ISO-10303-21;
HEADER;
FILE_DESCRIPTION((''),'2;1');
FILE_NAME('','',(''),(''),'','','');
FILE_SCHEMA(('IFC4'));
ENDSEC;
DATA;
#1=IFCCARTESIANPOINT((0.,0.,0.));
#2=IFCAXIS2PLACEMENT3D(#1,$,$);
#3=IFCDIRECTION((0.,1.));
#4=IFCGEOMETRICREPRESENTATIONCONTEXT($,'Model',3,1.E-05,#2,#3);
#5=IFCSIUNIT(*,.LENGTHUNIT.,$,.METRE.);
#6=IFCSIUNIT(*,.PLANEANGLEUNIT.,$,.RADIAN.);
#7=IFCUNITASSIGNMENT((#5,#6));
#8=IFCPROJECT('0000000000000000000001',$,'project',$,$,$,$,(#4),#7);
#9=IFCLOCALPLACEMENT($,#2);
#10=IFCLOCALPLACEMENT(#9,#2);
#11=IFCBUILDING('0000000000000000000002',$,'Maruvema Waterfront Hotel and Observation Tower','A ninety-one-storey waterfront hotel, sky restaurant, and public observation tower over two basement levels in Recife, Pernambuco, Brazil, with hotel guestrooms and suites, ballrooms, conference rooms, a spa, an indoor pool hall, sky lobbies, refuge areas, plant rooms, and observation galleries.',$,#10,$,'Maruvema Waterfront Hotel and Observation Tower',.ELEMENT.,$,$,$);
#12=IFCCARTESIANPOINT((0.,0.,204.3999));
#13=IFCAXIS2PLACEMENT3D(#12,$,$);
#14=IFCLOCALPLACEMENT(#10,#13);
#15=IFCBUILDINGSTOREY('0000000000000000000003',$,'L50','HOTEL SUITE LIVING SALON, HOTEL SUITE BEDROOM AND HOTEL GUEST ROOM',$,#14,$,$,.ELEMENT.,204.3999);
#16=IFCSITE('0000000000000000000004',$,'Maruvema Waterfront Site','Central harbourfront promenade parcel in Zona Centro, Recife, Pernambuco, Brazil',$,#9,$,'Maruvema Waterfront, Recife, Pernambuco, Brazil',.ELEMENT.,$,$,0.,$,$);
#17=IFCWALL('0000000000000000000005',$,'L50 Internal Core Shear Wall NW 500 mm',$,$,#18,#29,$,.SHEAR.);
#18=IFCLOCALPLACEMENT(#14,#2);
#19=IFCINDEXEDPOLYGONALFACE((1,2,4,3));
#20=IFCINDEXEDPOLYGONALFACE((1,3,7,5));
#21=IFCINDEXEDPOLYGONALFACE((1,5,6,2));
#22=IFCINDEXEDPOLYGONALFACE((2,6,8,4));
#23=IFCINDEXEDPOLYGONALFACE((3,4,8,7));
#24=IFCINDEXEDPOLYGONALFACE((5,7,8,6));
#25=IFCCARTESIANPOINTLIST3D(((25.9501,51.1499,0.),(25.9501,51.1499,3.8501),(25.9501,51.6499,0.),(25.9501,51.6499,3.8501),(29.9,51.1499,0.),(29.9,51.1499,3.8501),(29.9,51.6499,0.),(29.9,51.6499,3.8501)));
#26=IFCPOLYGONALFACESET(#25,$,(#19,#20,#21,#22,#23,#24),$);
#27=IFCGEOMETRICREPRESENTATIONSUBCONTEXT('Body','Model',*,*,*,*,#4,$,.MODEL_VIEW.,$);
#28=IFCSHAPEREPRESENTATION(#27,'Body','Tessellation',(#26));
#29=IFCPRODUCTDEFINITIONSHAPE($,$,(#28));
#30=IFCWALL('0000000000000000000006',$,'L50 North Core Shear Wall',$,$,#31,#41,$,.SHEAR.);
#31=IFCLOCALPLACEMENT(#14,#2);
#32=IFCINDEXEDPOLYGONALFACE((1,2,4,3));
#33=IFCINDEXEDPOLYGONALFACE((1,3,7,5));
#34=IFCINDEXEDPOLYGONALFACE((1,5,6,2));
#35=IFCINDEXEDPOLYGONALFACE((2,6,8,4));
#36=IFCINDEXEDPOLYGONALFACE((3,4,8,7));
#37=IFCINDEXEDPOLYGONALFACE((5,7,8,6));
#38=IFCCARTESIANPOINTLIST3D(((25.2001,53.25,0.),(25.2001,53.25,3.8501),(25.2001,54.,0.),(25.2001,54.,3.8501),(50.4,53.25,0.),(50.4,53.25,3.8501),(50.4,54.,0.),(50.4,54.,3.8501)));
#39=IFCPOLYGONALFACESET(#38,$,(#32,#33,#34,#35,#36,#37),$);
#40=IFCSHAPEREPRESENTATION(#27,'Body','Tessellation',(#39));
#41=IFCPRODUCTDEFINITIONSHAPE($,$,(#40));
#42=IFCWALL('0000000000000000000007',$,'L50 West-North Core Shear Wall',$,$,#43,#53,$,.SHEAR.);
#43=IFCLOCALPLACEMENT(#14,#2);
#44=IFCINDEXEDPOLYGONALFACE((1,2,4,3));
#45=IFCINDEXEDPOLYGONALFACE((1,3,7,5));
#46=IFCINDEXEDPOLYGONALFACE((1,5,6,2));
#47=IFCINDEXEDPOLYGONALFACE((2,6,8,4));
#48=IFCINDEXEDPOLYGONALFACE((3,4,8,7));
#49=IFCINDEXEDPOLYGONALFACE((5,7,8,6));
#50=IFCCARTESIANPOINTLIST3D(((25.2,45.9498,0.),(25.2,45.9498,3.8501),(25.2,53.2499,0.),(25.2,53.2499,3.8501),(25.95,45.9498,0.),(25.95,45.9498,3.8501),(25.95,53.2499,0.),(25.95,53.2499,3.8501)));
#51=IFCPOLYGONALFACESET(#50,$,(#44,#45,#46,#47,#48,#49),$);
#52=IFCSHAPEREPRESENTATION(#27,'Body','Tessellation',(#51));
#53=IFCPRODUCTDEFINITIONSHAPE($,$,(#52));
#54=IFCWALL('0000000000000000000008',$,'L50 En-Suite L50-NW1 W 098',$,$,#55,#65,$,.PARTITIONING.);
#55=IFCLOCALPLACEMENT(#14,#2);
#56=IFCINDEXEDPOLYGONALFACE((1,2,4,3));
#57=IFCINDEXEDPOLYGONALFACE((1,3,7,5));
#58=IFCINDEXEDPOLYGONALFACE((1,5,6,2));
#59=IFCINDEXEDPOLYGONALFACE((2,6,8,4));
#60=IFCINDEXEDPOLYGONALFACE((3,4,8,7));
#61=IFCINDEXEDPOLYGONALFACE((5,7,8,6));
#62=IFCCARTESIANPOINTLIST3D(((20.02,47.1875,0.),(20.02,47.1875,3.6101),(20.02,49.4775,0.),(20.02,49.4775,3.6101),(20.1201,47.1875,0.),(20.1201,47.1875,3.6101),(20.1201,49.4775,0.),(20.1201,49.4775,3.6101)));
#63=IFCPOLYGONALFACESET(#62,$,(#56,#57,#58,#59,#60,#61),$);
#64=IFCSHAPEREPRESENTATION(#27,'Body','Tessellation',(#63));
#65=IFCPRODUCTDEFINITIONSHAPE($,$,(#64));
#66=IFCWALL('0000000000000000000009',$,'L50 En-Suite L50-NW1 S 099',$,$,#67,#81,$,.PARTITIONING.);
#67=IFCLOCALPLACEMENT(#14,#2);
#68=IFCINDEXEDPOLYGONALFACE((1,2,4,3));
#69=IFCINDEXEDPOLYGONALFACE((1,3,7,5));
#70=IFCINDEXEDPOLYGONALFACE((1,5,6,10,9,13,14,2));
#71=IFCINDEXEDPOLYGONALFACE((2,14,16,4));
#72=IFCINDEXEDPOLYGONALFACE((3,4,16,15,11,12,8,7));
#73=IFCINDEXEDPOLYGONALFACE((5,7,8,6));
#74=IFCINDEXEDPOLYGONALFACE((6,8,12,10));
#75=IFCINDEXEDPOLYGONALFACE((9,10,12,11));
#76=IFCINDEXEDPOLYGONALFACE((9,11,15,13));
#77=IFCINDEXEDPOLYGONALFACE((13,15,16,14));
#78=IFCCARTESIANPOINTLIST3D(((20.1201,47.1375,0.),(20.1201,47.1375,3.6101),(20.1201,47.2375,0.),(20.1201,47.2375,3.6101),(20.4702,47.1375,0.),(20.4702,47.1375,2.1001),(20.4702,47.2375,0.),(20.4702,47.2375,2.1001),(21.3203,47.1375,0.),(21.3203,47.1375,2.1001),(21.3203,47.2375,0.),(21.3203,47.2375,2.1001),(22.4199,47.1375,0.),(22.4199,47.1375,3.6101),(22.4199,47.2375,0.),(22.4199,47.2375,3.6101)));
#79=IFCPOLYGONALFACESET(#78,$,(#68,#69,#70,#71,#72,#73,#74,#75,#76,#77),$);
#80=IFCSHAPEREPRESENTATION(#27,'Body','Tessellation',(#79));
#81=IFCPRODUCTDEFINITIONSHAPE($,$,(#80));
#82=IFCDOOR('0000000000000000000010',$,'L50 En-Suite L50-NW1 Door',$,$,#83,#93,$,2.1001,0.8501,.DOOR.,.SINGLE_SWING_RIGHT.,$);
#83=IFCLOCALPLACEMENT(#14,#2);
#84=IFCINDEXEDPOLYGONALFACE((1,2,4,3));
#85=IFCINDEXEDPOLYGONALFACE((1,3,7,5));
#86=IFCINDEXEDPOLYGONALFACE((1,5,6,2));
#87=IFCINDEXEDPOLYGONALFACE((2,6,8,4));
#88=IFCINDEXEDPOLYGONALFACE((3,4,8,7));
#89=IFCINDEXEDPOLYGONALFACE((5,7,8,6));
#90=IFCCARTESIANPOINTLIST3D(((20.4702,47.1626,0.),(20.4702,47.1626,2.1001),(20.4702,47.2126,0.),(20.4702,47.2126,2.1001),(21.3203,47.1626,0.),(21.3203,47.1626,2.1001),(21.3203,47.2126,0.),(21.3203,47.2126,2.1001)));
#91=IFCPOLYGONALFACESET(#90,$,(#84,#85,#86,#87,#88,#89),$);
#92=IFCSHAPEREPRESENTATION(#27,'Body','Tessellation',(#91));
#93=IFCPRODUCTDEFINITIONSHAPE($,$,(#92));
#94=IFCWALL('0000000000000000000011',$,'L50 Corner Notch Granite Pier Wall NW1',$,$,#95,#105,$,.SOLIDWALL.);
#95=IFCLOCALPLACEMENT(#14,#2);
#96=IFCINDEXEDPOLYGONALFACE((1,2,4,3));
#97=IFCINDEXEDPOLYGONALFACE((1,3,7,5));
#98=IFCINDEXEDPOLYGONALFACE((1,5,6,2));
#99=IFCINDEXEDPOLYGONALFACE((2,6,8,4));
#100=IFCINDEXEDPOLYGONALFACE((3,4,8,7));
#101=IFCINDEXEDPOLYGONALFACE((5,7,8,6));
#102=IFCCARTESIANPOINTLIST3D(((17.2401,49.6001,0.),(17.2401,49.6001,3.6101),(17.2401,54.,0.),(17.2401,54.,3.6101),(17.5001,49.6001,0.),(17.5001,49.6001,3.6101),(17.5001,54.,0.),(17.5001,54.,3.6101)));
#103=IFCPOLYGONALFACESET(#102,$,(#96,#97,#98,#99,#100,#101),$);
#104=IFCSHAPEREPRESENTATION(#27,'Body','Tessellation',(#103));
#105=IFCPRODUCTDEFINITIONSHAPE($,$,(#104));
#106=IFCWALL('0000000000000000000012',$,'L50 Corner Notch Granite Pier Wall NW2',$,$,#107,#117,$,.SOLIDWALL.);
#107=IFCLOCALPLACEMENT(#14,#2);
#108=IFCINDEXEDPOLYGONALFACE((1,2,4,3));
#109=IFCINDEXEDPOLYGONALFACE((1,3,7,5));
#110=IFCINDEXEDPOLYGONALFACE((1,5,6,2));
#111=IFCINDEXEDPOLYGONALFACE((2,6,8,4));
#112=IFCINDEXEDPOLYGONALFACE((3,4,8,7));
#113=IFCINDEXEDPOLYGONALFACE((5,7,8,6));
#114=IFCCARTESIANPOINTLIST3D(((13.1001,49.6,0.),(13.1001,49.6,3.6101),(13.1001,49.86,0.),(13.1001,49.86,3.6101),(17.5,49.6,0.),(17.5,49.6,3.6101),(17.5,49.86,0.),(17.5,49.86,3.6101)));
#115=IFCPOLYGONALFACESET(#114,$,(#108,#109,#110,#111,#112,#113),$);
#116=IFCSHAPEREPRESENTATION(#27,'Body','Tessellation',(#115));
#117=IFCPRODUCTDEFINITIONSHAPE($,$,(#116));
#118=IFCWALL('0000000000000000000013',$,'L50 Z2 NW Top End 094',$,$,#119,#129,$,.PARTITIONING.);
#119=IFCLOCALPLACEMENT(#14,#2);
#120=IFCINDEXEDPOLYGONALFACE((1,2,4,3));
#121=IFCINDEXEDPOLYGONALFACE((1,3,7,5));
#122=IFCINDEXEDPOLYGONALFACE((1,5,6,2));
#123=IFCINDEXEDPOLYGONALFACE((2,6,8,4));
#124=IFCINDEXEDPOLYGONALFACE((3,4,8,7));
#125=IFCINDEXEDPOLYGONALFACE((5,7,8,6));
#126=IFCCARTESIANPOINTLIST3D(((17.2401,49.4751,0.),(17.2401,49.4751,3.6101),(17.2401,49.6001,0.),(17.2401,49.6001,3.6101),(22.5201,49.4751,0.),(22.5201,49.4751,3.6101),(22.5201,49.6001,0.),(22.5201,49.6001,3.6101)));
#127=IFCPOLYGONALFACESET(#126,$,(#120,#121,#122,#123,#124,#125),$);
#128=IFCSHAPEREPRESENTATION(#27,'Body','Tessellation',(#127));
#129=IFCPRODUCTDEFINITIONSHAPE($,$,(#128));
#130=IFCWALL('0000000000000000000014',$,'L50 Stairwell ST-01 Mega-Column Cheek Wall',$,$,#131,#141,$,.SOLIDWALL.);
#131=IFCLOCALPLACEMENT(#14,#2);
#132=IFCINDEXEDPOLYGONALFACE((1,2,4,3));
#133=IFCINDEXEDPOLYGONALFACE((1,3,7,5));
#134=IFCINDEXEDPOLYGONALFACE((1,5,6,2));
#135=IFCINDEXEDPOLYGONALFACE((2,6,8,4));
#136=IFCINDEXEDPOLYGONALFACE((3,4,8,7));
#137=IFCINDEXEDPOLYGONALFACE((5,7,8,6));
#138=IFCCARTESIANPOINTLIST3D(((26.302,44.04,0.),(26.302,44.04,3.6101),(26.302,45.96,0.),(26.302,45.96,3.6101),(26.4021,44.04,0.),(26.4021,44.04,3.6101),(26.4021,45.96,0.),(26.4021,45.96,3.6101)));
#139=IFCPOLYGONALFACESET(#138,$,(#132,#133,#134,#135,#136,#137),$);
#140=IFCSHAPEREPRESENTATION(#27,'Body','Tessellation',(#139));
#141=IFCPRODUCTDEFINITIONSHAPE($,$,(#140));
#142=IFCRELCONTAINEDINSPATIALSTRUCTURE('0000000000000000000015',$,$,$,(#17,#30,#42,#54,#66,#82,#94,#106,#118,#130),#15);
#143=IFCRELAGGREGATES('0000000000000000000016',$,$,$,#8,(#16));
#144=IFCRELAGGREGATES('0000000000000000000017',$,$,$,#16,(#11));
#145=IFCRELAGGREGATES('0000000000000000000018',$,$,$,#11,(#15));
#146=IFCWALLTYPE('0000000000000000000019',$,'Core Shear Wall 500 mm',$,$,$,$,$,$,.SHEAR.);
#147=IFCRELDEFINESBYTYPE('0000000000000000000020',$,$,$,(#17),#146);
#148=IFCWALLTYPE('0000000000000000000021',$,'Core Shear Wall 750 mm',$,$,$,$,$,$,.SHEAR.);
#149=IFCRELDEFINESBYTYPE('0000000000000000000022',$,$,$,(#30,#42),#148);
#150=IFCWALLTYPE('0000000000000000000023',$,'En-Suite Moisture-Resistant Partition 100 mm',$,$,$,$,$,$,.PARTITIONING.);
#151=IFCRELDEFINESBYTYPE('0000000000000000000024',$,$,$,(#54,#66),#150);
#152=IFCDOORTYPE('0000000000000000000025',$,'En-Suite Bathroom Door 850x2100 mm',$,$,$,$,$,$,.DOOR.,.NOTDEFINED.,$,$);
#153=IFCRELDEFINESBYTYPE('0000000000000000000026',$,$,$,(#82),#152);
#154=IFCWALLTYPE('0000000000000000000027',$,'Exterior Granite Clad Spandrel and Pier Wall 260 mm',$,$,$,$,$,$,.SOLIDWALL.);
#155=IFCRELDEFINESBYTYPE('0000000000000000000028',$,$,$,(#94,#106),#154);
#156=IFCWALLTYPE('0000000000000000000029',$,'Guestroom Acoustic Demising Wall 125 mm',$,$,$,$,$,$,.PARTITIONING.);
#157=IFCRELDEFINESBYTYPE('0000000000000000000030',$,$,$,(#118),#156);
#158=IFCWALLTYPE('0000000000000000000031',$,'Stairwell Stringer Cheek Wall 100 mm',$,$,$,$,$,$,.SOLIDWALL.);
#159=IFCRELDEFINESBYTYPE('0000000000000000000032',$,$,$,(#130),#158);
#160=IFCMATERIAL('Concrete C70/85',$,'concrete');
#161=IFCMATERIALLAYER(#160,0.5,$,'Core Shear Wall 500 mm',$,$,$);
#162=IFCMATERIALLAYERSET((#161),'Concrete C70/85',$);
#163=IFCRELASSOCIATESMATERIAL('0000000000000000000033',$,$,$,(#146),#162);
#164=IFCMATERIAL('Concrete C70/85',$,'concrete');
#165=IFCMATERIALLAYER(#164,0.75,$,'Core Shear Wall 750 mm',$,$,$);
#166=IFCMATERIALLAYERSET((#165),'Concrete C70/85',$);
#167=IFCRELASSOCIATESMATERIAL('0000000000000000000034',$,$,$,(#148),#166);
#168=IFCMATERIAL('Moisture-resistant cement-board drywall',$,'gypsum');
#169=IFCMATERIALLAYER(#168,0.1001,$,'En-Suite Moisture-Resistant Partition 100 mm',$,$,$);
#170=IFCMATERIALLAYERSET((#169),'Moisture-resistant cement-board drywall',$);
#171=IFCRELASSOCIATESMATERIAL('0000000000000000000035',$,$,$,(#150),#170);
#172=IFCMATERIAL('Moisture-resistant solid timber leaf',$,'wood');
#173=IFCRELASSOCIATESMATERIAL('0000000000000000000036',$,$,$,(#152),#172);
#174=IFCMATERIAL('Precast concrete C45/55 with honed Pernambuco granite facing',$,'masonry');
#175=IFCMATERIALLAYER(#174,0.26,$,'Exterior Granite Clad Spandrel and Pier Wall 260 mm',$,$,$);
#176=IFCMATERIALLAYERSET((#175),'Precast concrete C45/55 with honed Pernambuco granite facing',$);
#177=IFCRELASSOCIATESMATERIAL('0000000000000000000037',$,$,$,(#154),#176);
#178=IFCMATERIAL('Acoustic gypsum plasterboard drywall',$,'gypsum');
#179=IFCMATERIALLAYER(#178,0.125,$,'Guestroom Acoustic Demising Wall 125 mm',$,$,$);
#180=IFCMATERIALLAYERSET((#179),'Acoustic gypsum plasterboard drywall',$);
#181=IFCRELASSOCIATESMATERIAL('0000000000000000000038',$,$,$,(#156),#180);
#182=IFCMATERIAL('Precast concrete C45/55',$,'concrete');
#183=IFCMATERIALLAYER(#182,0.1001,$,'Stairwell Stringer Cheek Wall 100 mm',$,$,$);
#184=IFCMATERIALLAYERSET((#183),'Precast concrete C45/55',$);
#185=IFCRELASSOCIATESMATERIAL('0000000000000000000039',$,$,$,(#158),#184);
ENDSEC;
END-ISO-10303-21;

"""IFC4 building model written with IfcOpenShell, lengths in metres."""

from ifc_helpers import new_model, si_unit, direction, frame, frame_2d, origin, place, context, subcontext, project, spatial, rectangle, extrude, material, layer, layer_set, type_object, element, fill, save


model = new_model("IFC4")

# Units and contexts
model_context = context("Model", 3, precision=1e-05, world=origin(), true_north=direction((0.0, 1.0)))
body_context = subcontext(model_context, "Body", "Model", "MODEL_VIEW")
ifc_project = project(units=[si_unit("LENGTHUNIT", "METRE"), si_unit("PLANEANGLEUNIT", "RADIAN")], contexts=[model_context])

# Site, building, storey
site_placement = place(None, origin())
site = spatial("IfcSite", under=ifc_project, at=site_placement, Name="Maruvema Waterfront Site", Description="Central harbourfront promenade parcel in Zona Centro, Recife, Pernambuco, Brazil", LongName="Maruvema Waterfront, Recife, Pernambuco, Brazil", CompositionType="ELEMENT", RefElevation=0.0)
building_placement = place(site_placement, origin())
building = spatial("IfcBuilding", under=site, at=building_placement, Name="Maruvema Waterfront Hotel and Observation Tower", Description="A ninety-one-storey waterfront hotel, sky restaurant, and public observation tower over two basement levels in Recife, Pernambuco, Brazil, with hotel guestrooms and suites, ballrooms, conference rooms, a spa, an indoor pool hall, sky lobbies, refuge areas, plant rooms, and observation galleries.", LongName="Maruvema Waterfront Hotel and Observation Tower", CompositionType="ELEMENT")
storey_placement = place(building_placement, frame((0.0, 0.0, 204.3999)))
storey = spatial("IfcBuildingStorey", under=building, at=storey_placement, Name="L50", Description="HOTEL SUITE LIVING SALON, HOTEL SUITE BEDROOM AND HOTEL GUEST ROOM", CompositionType="ELEMENT", Elevation=204.3999)

# Walls
ifc_material_1 = material(Name="Concrete C70/85", Category="concrete")
ifc_layer_1 = layer(ifc_material_1, 0.5, Name="Core Shear Wall 500 mm")
ifc_layer_set_1 = layer_set([ifc_layer_1], Name="Concrete C70/85")
wall_type_1 = type_object("IfcWallType", Name="Core Shear Wall 500 mm", PredefinedType="SHEAR", material=ifc_layer_set_1)
wall_1_placement = place(storey_placement, frame((25.95, 51.3999, 0.0), z_axis=(0.0, 0.0, 1.0), x_axis=(1.0, 0.0, 0.0)))
element("IfcWall", 1, at=wall_1_placement, inside=storey, type_object=wall_type_1, Name="L50 Internal Core Shear Wall NW 500 mm", PredefinedType="SHEAR", context=body_context, shape_type="SweptSolid", body=[
    extrude(rectangle(XDim=3.95, YDim=0.5, at=frame_2d((1.9751, 0.0))), origin(), (0.0, 0.0, 1.0), 3.8501),
])
ifc_material_2 = material(Name="Concrete C70/85", Category="concrete")
ifc_layer_2 = layer(ifc_material_2, 0.75, Name="Core Shear Wall 750 mm")
ifc_layer_set_2 = layer_set([ifc_layer_2], Name="Concrete C70/85")
wall_type_2 = type_object("IfcWallType", Name="Core Shear Wall 750 mm", PredefinedType="SHEAR", material=ifc_layer_set_2)
wall_2_placement = place(storey_placement, frame((25.2, 53.625, 0.0), z_axis=(0.0, 0.0, 1.0), x_axis=(1.0, 0.0, 0.0)))
element("IfcWall", 2, at=wall_2_placement, inside=storey, type_object=wall_type_2, Name="L50 North Core Shear Wall", PredefinedType="SHEAR", context=body_context, shape_type="SweptSolid", body=[
    extrude(rectangle(XDim=25.2, YDim=0.75, at=frame_2d((12.6001, 0.0))), origin(), (0.0, 0.0, 1.0), 3.8501),
])
wall_3_placement = place(storey_placement, frame((25.575, 45.95, 0.0), z_axis=(0.0, 0.0, 1.0), x_axis=(0.0, 1.0, 0.0)))
element("IfcWall", 3, at=wall_3_placement, inside=storey, type_object=wall_type_2, Name="L50 West-North Core Shear Wall", PredefinedType="SHEAR", context=body_context, shape_type="SweptSolid", body=[
    extrude(rectangle(XDim=7.3, YDim=0.75, at=frame_2d((3.6499, 0.0))), origin(), (0.0, 0.0, 1.0), 3.8501),
])
ifc_material_3 = material(Name="Moisture-resistant cement-board drywall", Category="gypsum")
ifc_layer_3 = layer(ifc_material_3, 0.1001, Name="En-Suite Moisture-Resistant Partition 100 mm")
ifc_layer_set_3 = layer_set([ifc_layer_3], Name="Moisture-resistant cement-board drywall")
wall_type_3 = type_object("IfcWallType", Name="En-Suite Moisture-Resistant Partition 100 mm", PredefinedType="PARTITIONING", material=ifc_layer_set_3)
wall_4_placement = place(storey_placement, frame((20.0701, 47.1875, 0.0), z_axis=(0.0, 0.0, 1.0), x_axis=(0.0, 1.0, 0.0)))
element("IfcWall", 4, at=wall_4_placement, inside=storey, type_object=wall_type_3, Name="L50 En-Suite L50-NW1 W 098", PredefinedType="PARTITIONING", context=body_context, shape_type="SweptSolid", body=[
    extrude(rectangle(XDim=2.29, YDim=0.1001, at=frame_2d((1.145, 0.0))), origin(), (0.0, 0.0, 1.0), 3.6101),
])

# Wall, opening, door
wall_5_placement = place(storey_placement, frame((20.1201, 47.1875, 0.0), z_axis=(0.0, 0.0, 1.0), x_axis=(1.0, 0.0, 0.0)))
wall_5 = element("IfcWall", 5, at=wall_5_placement, inside=storey, type_object=wall_type_3, Name="L50 En-Suite L50-NW1 S 099", PredefinedType="PARTITIONING", context=body_context, shape_type="SweptSolid", body=[
    extrude(rectangle(XDim=2.2998, YDim=0.1001, at=frame_2d((1.1499, 0.0))), origin(), (0.0, 0.0, 1.0), 3.6101),
])
opening_placement = place(wall_5_placement, frame((0.3501, 0.0, 0.0)))
opening = element("IfcOpeningElement", 6, at=opening_placement, cuts=wall_5, PredefinedType="OPENING", context=body_context, shape_type="SweptSolid", body=[
    extrude(rectangle(XDim=0.8501, YDim=2.1001, at=frame_2d((0.425, 1.05))), frame((0.0, 0.0601, 0.0), z_axis=(0.0, -1.0, 0.0), x_axis=(1.0, 0.0, 0.0)), (0.0, 0.0, 1.0), 0.1201),
])
ifc_material_4 = material(Name="Moisture-resistant solid timber leaf", Category="wood")
door_type = type_object("IfcDoorType", Name="En-Suite Bathroom Door 850x2100 mm", OperationType="NOTDEFINED", PredefinedType="DOOR", material=ifc_material_4)
door_placement = place(opening_placement, frame((0.8501, 0.0, 0.0), z_axis=(0.0, 0.0, 1.0), x_axis=(-1.0, 0.0, 0.0)))
door = element("IfcDoor", 7, at=door_placement, inside=storey, type_object=door_type, Name="L50 En-Suite L50-NW1 Door", OperationType="SINGLE_SWING_RIGHT", OverallHeight=2.1001, OverallWidth=0.8501, PredefinedType="DOOR", context=body_context, shape_type="SweptSolid", body=[
    extrude(rectangle(XDim=0.8501, YDim=2.1001, at=frame_2d((0.425, 1.05))), frame((0.0, 0.0249, 0.0), z_axis=(0.0, -1.0, 0.0), x_axis=(1.0, 0.0, 0.0)), (0.0, 0.0, 1.0), 0.05),
])
fill(opening, door)

# Walls
ifc_material_5 = material(Name="Precast concrete C45/55 with honed Pernambuco granite facing", Category="masonry")
ifc_layer_4 = layer(ifc_material_5, 0.26, Name="Exterior Granite Clad Spandrel and Pier Wall 260 mm")
ifc_layer_set_4 = layer_set([ifc_layer_4], Name="Precast concrete C45/55 with honed Pernambuco granite facing")
wall_type_4 = type_object("IfcWallType", Name="Exterior Granite Clad Spandrel and Pier Wall 260 mm", PredefinedType="SOLIDWALL", material=ifc_layer_set_4)
for number, where, z_axis, x_axis, name in (
    (8, (17.3701, 49.6001, 0.0), (0.0, 0.0, 1.0), (0.0, 1.0, 0.0), "L50 Corner Notch Granite Pier Wall NW1"),
    (9, (13.1001, 49.73, 0.0), (0.0, 0.0, 1.0), (1.0, 0.0, 0.0), "L50 Corner Notch Granite Pier Wall NW2"),
):
    element("IfcWall", number, at=place(storey_placement, frame(where, z_axis=z_axis, x_axis=x_axis)), inside=storey, type_object=wall_type_4, Name=name, PredefinedType="SOLIDWALL", context=body_context, shape_type="SweptSolid", body=[
        extrude(rectangle(XDim=4.3999, YDim=0.26, at=frame_2d((2.2, 0.0))), origin(), (0.0, 0.0, 1.0), 3.6101),
    ])
ifc_material_6 = material(Name="Acoustic gypsum plasterboard drywall", Category="gypsum")
ifc_layer_5 = layer(ifc_material_6, 0.125, Name="Guestroom Acoustic Demising Wall 125 mm")
ifc_layer_set_5 = layer_set([ifc_layer_5], Name="Acoustic gypsum plasterboard drywall")
wall_type_5 = type_object("IfcWallType", Name="Guestroom Acoustic Demising Wall 125 mm", PredefinedType="PARTITIONING", material=ifc_layer_set_5)
wall_6_placement = place(storey_placement, frame((17.24, 49.5376, 0.0), z_axis=(0.0, 0.0, 1.0), x_axis=(1.0, 0.0, 0.0)))
element("IfcWall", 10, at=wall_6_placement, inside=storey, type_object=wall_type_5, Name="L50 Z2 NW Top End 094", PredefinedType="PARTITIONING", context=body_context, shape_type="SweptSolid", body=[
    extrude(rectangle(XDim=5.28, YDim=0.125, at=frame_2d((2.6401, 0.0))), origin(), (0.0, 0.0, 1.0), 3.6101),
])
ifc_material_7 = material(Name="Precast concrete C45/55", Category="concrete")
ifc_layer_6 = layer(ifc_material_7, 0.1001, Name="Stairwell Stringer Cheek Wall 100 mm")
ifc_layer_set_6 = layer_set([ifc_layer_6], Name="Precast concrete C45/55")
wall_type_6 = type_object("IfcWallType", Name="Stairwell Stringer Cheek Wall 100 mm", PredefinedType="SOLIDWALL", material=ifc_layer_set_6)
wall_7_placement = place(storey_placement, frame((26.3521, 44.04, 0.0), z_axis=(0.0, 0.0, 1.0), x_axis=(0.0, 1.0, 0.0)))
element("IfcWall", 11, at=wall_7_placement, inside=storey, type_object=wall_type_6, Name="L50 Stairwell ST-01 Mega-Column Cheek Wall", PredefinedType="SOLIDWALL", context=body_context, shape_type="SweptSolid", body=[
    extrude(rectangle(XDim=1.9199, YDim=0.1001, at=frame_2d((0.96, 0.0))), origin(), (0.0, 0.0, 1.0), 3.6101),
])

save(model, "model.ifc")
